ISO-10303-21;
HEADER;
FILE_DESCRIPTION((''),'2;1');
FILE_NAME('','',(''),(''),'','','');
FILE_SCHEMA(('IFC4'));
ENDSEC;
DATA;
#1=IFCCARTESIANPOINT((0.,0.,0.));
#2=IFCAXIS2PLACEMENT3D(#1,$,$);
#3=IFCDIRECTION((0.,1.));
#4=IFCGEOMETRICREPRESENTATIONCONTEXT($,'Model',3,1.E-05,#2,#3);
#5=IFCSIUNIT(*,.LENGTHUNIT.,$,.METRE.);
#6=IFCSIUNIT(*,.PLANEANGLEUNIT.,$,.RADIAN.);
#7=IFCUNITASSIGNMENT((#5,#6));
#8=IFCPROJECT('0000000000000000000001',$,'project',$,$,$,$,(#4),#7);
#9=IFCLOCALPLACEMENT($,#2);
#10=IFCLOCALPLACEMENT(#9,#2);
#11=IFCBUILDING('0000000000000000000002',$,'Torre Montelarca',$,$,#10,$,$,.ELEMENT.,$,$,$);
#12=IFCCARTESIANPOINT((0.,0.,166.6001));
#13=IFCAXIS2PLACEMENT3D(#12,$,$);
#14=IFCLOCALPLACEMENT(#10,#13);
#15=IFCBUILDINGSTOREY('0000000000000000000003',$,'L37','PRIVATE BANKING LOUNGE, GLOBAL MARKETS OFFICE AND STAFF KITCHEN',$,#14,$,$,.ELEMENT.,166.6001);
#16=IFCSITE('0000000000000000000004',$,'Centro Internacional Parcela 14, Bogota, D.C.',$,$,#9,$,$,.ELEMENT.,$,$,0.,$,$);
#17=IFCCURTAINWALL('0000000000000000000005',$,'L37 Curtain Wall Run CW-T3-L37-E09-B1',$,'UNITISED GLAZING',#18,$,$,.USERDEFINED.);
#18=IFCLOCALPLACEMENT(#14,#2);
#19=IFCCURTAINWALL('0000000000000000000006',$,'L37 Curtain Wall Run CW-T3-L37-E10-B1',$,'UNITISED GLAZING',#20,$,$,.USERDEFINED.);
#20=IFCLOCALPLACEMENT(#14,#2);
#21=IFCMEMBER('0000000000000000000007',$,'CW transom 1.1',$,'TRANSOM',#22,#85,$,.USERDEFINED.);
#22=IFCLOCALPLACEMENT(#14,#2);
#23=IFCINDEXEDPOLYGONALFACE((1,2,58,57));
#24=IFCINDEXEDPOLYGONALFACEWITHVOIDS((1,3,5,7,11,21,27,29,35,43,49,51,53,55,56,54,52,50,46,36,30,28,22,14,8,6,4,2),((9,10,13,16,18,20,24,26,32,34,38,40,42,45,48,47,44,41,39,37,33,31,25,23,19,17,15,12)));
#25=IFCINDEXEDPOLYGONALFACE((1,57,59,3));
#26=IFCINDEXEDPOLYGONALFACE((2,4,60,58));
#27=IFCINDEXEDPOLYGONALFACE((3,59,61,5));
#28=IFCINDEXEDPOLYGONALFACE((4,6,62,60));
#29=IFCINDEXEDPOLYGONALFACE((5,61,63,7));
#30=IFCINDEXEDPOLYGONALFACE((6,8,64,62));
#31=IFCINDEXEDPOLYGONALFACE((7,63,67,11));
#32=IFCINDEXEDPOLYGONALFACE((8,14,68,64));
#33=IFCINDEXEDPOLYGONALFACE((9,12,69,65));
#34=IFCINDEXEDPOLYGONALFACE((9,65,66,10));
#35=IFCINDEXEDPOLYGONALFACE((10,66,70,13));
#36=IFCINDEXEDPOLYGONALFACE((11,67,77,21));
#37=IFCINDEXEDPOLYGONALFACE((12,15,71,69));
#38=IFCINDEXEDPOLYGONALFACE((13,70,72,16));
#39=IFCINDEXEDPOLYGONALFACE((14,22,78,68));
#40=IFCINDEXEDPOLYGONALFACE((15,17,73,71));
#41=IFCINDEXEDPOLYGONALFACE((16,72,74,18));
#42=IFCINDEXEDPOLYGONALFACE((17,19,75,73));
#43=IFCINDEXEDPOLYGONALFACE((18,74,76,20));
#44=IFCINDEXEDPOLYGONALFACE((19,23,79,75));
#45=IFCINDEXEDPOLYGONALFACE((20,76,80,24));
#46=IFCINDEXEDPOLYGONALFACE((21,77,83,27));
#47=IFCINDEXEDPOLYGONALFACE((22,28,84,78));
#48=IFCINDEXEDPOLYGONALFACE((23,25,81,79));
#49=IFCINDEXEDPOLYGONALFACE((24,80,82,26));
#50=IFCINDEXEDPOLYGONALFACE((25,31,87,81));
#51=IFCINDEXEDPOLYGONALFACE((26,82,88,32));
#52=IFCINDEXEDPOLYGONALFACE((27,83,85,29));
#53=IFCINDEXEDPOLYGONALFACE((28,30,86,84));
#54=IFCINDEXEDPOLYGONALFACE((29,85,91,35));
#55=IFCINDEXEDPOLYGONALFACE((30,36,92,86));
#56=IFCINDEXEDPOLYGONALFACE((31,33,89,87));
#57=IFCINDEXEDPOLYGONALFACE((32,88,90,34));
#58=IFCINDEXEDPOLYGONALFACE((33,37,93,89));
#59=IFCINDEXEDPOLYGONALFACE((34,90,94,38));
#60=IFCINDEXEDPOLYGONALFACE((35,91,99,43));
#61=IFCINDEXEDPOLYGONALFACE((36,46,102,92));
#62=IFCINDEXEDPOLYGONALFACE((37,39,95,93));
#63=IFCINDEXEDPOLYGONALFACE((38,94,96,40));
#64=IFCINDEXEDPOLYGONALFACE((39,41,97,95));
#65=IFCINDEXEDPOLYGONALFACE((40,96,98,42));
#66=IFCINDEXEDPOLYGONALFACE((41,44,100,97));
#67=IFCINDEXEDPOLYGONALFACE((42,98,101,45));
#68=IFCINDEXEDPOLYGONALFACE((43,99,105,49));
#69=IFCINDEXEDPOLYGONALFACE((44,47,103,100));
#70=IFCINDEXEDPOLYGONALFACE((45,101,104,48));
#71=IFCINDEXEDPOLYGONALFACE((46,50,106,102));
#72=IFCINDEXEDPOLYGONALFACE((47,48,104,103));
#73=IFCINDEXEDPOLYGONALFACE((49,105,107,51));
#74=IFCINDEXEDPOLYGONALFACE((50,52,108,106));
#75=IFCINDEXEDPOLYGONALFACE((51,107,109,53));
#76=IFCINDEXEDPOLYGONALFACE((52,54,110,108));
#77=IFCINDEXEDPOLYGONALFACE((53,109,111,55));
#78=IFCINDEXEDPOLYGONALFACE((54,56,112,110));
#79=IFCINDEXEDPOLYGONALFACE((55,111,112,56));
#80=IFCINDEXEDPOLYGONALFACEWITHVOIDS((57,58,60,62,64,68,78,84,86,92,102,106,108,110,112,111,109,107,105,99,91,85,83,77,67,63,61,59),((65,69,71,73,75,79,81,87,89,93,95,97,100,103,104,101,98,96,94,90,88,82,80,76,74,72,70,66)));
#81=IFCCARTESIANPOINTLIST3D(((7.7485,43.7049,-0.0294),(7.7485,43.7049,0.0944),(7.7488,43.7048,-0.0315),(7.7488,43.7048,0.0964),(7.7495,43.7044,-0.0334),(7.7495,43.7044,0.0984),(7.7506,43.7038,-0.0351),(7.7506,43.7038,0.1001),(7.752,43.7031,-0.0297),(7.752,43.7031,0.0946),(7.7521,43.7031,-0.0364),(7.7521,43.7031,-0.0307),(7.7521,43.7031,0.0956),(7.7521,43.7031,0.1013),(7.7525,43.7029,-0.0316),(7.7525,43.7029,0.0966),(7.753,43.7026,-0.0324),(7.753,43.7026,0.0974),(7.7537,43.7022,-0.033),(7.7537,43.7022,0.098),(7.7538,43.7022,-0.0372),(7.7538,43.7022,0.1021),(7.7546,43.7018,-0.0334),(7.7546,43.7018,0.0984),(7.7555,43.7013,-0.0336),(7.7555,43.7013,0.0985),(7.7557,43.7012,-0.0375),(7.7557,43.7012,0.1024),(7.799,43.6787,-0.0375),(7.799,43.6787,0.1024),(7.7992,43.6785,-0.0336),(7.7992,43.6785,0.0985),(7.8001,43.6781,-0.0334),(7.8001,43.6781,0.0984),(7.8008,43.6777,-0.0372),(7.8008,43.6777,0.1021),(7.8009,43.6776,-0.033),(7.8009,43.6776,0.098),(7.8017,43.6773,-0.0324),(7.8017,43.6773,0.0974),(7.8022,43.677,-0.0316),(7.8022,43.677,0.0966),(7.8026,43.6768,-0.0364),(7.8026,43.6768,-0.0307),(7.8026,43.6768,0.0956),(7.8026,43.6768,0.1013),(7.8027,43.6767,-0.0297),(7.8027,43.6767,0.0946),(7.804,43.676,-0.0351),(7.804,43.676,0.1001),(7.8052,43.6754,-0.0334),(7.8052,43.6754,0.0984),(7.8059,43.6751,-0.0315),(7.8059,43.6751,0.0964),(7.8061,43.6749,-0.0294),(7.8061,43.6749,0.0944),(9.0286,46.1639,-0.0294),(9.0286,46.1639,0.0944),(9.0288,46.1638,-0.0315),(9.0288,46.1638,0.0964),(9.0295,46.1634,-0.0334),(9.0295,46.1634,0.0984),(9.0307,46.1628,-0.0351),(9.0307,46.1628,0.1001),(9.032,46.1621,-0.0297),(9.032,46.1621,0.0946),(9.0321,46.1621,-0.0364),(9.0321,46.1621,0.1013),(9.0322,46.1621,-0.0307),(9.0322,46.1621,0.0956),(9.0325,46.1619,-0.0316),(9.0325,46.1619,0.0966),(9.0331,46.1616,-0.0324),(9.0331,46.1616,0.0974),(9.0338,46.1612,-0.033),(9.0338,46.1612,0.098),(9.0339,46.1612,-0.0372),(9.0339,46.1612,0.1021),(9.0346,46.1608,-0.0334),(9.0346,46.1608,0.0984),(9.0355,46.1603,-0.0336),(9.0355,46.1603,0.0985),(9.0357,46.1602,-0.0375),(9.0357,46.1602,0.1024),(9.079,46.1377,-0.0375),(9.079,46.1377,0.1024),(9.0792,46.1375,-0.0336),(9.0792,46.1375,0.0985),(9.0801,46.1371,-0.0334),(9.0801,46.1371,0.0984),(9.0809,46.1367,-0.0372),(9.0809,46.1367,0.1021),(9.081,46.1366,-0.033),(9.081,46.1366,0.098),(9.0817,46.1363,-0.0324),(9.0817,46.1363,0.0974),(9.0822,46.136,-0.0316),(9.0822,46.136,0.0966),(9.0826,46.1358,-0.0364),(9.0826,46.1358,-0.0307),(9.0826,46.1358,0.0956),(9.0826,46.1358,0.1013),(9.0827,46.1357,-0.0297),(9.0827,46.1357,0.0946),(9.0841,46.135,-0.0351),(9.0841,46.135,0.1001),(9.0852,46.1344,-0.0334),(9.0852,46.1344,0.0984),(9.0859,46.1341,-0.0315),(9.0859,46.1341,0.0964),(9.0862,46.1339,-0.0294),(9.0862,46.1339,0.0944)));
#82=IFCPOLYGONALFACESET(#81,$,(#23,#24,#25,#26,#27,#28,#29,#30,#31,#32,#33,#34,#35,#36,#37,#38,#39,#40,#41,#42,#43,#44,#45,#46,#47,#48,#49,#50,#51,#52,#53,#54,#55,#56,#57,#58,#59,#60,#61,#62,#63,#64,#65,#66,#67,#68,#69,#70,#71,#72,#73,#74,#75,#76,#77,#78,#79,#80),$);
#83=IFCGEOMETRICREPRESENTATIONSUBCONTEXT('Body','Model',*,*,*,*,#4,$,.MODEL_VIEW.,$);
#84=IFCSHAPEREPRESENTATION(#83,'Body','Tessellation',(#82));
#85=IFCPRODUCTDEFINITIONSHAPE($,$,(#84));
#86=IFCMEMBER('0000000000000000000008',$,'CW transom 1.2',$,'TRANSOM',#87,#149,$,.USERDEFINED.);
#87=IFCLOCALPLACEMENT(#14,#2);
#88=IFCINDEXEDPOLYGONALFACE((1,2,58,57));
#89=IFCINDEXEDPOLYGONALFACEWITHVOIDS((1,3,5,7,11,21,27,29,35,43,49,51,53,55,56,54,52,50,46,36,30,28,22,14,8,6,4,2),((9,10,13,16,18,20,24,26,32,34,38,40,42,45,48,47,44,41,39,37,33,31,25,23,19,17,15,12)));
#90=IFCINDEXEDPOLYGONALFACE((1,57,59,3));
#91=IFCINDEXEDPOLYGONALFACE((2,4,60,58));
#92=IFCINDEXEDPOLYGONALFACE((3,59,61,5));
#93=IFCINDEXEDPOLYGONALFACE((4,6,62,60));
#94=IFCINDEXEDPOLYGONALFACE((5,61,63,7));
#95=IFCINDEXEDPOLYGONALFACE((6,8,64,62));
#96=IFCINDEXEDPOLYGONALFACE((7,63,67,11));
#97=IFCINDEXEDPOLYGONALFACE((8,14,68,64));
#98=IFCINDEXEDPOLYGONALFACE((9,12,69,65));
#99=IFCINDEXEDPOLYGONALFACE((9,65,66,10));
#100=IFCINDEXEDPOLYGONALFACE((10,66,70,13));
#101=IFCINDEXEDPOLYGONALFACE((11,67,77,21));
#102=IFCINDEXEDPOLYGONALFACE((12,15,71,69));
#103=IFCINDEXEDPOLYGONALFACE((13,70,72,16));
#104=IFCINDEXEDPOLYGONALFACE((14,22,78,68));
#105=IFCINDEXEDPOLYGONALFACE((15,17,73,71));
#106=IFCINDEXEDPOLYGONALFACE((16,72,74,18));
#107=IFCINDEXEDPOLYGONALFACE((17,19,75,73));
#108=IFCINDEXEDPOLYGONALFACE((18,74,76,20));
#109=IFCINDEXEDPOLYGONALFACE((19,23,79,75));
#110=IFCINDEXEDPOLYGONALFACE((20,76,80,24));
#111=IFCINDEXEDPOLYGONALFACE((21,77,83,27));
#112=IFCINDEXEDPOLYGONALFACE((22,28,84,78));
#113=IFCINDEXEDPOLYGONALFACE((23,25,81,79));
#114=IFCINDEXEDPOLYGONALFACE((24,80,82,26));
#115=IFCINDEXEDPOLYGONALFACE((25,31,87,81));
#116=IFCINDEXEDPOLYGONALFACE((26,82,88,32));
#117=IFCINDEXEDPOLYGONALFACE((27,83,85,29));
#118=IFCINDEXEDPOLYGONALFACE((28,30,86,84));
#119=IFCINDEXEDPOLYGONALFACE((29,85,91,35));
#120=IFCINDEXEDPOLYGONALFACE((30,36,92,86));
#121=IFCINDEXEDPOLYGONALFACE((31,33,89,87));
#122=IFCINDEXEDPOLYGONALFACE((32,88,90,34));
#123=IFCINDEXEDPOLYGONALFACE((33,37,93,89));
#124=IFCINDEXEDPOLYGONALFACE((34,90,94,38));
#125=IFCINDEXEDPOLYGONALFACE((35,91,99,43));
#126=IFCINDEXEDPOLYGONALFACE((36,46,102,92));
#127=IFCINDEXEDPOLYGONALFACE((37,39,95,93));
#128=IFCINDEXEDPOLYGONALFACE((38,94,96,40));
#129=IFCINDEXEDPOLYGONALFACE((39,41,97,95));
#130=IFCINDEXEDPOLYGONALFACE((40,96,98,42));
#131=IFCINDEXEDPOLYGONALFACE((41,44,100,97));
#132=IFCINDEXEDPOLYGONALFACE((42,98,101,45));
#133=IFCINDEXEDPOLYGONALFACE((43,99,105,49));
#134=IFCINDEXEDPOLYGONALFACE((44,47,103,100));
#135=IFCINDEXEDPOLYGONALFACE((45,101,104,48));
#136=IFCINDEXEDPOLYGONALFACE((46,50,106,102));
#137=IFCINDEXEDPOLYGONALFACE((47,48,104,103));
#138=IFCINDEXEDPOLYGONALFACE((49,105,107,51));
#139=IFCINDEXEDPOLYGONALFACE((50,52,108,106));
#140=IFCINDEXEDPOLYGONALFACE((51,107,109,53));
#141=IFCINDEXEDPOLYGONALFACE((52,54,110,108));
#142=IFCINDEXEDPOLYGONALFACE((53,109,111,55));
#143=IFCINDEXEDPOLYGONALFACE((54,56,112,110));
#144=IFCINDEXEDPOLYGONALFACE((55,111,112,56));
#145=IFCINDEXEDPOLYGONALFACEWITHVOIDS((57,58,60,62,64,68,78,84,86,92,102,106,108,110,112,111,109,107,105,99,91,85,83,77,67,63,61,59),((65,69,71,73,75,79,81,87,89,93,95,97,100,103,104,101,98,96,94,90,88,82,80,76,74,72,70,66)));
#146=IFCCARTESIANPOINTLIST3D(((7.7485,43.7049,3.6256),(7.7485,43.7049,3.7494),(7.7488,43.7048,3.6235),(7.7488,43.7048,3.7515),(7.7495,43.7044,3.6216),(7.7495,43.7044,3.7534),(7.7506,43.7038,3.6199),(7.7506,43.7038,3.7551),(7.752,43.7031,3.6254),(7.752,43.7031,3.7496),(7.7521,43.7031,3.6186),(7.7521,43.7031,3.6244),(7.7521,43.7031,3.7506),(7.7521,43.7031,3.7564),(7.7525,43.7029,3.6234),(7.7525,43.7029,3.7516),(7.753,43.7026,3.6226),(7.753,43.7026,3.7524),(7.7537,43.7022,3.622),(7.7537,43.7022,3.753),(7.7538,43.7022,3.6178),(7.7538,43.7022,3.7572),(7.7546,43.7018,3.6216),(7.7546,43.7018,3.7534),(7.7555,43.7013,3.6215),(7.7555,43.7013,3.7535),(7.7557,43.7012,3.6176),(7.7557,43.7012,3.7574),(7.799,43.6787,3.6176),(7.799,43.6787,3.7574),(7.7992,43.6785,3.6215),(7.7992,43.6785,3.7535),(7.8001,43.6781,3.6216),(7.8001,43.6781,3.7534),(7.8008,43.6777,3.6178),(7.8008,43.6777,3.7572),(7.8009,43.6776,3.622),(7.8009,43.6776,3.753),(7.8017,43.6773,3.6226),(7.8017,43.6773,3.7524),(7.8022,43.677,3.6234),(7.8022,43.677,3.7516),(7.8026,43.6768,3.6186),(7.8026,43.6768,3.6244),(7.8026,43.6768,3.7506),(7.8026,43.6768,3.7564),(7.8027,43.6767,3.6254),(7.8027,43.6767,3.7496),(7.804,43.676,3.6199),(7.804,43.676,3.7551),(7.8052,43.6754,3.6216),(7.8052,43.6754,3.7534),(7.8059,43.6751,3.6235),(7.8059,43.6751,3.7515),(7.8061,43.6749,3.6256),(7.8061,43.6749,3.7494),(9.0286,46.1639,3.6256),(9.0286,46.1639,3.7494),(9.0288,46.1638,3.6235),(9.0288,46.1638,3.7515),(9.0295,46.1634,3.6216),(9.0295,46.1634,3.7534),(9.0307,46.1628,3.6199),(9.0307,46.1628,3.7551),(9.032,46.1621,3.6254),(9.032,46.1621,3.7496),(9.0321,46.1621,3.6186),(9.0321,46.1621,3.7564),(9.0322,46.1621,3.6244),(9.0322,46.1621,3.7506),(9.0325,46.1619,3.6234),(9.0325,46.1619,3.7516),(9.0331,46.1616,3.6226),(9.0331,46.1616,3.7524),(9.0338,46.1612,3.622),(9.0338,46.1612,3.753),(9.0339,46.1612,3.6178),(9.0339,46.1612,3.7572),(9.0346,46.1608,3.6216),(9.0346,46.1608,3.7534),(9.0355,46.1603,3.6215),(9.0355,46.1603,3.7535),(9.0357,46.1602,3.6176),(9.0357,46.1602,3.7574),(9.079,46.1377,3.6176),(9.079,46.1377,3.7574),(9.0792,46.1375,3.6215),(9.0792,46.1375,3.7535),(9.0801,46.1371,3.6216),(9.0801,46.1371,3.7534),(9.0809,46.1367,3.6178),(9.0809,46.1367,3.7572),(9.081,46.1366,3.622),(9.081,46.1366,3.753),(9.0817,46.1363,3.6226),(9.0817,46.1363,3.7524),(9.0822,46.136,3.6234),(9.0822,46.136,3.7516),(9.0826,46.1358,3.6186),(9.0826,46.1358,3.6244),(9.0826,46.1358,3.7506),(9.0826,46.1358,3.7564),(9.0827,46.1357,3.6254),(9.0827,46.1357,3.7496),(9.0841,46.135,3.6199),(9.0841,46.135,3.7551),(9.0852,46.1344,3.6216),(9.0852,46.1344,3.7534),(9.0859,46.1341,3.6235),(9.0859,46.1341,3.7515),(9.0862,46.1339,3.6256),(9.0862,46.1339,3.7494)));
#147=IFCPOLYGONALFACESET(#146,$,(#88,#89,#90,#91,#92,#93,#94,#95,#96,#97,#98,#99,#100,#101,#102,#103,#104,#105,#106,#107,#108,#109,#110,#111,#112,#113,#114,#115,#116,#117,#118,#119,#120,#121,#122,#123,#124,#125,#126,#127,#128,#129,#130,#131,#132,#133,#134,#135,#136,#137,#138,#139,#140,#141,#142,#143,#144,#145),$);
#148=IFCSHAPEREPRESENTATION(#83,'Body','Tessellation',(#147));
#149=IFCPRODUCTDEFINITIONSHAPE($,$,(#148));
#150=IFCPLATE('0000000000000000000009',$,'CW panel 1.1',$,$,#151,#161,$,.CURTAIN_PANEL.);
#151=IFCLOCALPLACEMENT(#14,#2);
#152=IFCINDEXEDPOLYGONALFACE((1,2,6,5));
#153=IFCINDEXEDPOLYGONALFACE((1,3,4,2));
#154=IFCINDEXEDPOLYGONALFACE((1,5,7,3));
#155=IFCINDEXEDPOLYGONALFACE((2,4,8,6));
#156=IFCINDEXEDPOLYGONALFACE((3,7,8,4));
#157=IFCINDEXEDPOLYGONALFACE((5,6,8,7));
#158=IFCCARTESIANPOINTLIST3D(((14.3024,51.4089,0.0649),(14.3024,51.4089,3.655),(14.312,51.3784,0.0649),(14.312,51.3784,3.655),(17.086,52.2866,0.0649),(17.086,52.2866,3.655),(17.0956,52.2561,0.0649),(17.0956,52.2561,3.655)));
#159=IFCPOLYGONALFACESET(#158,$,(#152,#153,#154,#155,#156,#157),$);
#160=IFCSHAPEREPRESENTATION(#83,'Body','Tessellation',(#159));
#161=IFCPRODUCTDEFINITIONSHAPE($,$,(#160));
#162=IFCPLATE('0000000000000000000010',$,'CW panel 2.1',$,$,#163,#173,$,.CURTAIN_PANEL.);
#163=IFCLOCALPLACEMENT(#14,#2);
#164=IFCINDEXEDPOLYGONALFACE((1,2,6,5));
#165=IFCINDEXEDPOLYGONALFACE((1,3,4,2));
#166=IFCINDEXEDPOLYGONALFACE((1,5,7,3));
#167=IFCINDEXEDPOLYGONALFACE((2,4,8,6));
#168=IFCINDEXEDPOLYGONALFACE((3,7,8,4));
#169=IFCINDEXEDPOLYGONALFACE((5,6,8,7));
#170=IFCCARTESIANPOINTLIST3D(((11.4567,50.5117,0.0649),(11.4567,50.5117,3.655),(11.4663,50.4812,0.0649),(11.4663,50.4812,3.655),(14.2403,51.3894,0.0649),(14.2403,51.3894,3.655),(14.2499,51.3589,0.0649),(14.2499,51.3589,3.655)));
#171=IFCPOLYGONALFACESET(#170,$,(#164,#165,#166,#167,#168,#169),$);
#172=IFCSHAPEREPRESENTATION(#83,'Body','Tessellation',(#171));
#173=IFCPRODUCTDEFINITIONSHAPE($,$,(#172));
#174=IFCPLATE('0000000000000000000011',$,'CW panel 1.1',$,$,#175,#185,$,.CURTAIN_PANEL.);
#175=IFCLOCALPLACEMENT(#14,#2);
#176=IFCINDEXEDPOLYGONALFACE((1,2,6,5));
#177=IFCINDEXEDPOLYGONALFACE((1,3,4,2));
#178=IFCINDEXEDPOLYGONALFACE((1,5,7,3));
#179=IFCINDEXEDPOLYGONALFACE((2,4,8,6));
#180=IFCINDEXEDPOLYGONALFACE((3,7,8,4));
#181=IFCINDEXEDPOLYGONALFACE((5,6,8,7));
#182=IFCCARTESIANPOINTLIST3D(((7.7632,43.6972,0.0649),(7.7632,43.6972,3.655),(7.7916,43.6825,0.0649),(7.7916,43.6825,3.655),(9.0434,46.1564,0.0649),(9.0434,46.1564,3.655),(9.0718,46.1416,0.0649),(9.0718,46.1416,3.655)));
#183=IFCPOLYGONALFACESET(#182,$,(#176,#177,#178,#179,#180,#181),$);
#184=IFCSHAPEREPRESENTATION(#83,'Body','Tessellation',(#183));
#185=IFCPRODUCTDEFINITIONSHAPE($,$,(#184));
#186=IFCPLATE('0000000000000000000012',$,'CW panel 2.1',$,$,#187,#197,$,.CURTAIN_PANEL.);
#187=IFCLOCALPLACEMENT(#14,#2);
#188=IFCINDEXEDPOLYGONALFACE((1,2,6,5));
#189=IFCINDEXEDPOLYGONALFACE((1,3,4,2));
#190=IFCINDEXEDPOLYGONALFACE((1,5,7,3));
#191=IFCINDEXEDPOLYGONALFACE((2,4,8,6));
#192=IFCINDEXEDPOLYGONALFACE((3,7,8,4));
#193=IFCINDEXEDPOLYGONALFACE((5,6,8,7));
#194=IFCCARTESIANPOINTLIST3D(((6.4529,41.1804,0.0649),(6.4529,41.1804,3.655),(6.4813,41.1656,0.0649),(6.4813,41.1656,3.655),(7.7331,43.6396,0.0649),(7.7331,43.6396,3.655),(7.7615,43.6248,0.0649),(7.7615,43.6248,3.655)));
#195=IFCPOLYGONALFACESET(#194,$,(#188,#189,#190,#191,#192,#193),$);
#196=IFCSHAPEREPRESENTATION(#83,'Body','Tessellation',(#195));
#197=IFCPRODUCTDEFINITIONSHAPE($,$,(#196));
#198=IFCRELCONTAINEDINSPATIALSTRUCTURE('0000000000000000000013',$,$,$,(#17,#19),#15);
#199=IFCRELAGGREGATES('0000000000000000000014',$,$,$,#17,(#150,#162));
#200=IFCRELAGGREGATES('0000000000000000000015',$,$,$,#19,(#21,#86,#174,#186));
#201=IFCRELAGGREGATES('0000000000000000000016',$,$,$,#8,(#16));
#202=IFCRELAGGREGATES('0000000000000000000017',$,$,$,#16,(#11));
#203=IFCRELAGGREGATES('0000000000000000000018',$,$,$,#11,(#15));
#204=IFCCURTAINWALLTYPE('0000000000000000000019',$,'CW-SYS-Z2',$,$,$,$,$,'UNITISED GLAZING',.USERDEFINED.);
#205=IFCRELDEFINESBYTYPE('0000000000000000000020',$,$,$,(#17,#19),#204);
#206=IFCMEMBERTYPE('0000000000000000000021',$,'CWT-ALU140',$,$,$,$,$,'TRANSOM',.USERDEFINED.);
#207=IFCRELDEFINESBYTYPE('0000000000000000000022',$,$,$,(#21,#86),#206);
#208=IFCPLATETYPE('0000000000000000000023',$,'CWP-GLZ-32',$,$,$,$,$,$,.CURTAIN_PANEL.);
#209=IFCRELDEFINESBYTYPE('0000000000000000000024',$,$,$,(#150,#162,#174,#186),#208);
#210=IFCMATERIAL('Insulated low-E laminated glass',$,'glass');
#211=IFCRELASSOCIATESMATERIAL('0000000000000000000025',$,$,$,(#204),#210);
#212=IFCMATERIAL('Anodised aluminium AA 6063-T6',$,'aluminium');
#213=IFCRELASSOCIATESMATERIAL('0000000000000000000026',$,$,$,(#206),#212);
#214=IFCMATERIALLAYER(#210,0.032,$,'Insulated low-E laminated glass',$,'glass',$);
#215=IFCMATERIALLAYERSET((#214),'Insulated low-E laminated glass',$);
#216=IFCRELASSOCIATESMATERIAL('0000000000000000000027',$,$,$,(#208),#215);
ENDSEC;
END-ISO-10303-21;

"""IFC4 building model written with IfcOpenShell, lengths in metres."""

from ifc_helpers import new_model, si_unit, direction, frame, origin, origin_2d, place, context, subcontext, project, spatial, rectangle, hollow_rectangle, extrude, source, transform, mapped, material, layer, layer_set, material_profile, profile_set, type_object, element, aggregate, save


model = new_model("IFC4")

# Units and contexts
model_context = context("Model", 3, precision=1e-05, world=origin(), true_north=direction((0.0, 1.0)))
body_context = subcontext(model_context, "Body", "Model", "MODEL_VIEW")
ifc_project = project(units=[si_unit("LENGTHUNIT", "METRE"), si_unit("PLANEANGLEUNIT", "RADIAN")], contexts=[model_context])

# Site, building, storey
site_placement = place(None, origin())
site = spatial("IfcSite", under=ifc_project, at=site_placement, Name="Centro Internacional Parcela 14, Bogota, D.C.", CompositionType="ELEMENT", RefElevation=0.0)
building_placement = place(site_placement, origin())
building = spatial("IfcBuilding", under=site, at=building_placement, Name="Torre Montelarca", CompositionType="ELEMENT")
storey_placement = place(building_placement, frame((0.0, 0.0, 166.6001)))
storey = spatial("IfcBuildingStorey", under=building, at=storey_placement, Name="L37", Description="PRIVATE BANKING LOUNGE, GLOBAL MARKETS OFFICE AND STAFF KITCHEN", CompositionType="ELEMENT", Elevation=166.6001)

# Curtain walls
ifc_material_1 = material(Name="Insulated low-E laminated glass", Category="glass")
curtain_wall_type = type_object("IfcCurtainWallType", Name="CW-SYS-Z2", ElementType="UNITISED GLAZING", PredefinedType="USERDEFINED", material=ifc_material_1)
curtain_wall_1_placement = place(storey_placement, origin())
curtain_wall_1 = element("IfcCurtainWall", 1, at=curtain_wall_1_placement, inside=storey, type_object=curtain_wall_type, Name="L37 Curtain Wall Run CW-T3-L37-E09-B1", ObjectType="UNITISED GLAZING", PredefinedType="USERDEFINED")
ifc_material_2 = material(Name="Anodised aluminium AA 6063-T6", Category="aluminium")
ifc_material_profile_1 = material_profile(ifc_material_2, hollow_rectangle(XDim=0.0649, YDim=0.1399, WallThickness=0.0039, InnerFilletRadius=0.0039, OuterFilletRadius=0.0081, at=origin_2d()), Name="ALU65X140X4", Category="aluminium")
ifc_profile_set_1 = profile_set([ifc_material_profile_1], Name="Anodised aluminium AA 6063-T6")
member_type_1 = type_object("IfcMemberType", Name="CWT-ALU140", ElementType="TRANSOM", PredefinedType="USERDEFINED", material=ifc_profile_set_1)
curtain_wall_2_placement = place(storey_placement, origin())
curtain_wall_2 = element("IfcCurtainWall", 2, at=curtain_wall_2_placement, inside=storey, type_object=curtain_wall_type, Name="L37 Curtain Wall Run CW-T3-L37-E10-B1", ObjectType="UNITISED GLAZING", PredefinedType="USERDEFINED")

# Members
shared_shape_1 = source(origin(), body_context, "Body", "SweptSolid", [
    extrude(hollow_rectangle(XDim=0.0649, YDim=0.1399, WallThickness=0.0039, InnerFilletRadius=0.0039, OuterFilletRadius=0.0081, at=origin_2d()), origin(), (0.0, 0.0, 1.0), 2.7722),
])
member_1_placement = place(storey_placement, frame((9.0574, 46.1489, 0.0325), z_axis=(-0.461738, -0.887016, 0.0), x_axis=(0.887016, -0.461738, 0.0)))
member_1 = element("IfcMember", 3, at=member_1_placement, type_object=member_type_1, Name="CW transom 1.1", ObjectType="TRANSOM", PredefinedType="USERDEFINED", context=body_context, shape_type="MappedRepresentation", body=[
    mapped(shared_shape_1, transform((0.0, 0.0, 0.0), scale=1.0)),
])
member_2_placement = place(storey_placement, frame((9.0574, 46.1489, 3.6875), z_axis=(-0.461738, -0.887016, 0.0), x_axis=(0.887016, -0.461738, 0.0)))
member_2 = element("IfcMember", 4, at=member_2_placement, type_object=member_type_1, Name="CW transom 1.2", ObjectType="TRANSOM", PredefinedType="USERDEFINED", context=body_context, shape_type="MappedRepresentation", body=[
    mapped(shared_shape_1, transform((0.0, 0.0, 0.0), scale=1.0)),
])

# Plates
ifc_layer_1 = layer(ifc_material_1, 0.032, Name="Insulated low-E laminated glass", Category="glass")
ifc_layer_set_1 = layer_set([ifc_layer_1], Name="Insulated low-E laminated glass")
plate_type = type_object("IfcPlateType", Name="CWP-GLZ-32", PredefinedType="CURTAIN_PANEL", material=ifc_layer_set_1)
shared_shape_2 = source(origin(), body_context, "Body", "SweptSolid", [
    extrude(rectangle(XDim=2.9187, YDim=0.032, at=origin_2d()), origin(), (0.0, 0.0, 1.0), 3.5901),
])
plate_1_placement = place(storey_placement, frame((15.699, 51.8325, 0.0649), z_axis=(0.0, 0.0, 1.0), x_axis=(-0.953719, -0.300699, 0.0)))
plate_1 = element("IfcPlate", 5, at=plate_1_placement, type_object=plate_type, Name="CW panel 1.1", PredefinedType="CURTAIN_PANEL", context=body_context, shape_type="MappedRepresentation", body=[
    mapped(shared_shape_2, transform((0.0, 0.0, 0.0), scale=1.0)),
])
plate_2_placement = place(storey_placement, frame((12.8533, 50.9353, 0.0649), z_axis=(0.0, 0.0, 1.0), x_axis=(-0.953719, -0.300699, 0.0)))
plate_2 = element("IfcPlate", 6, at=plate_2_placement, type_object=plate_type, Name="CW panel 2.1", PredefinedType="CURTAIN_PANEL", context=body_context, shape_type="MappedRepresentation", body=[
    mapped(shared_shape_2, transform((0.0, 0.0, 0.0), scale=1.0)),
])
aggregate(curtain_wall_1, [plate_1, plate_2])
shared_shape_3 = source(origin(), body_context, "Body", "SweptSolid", [
    extrude(rectangle(XDim=2.7725, YDim=0.032, at=origin_2d()), origin(), (0.0, 0.0, 1.0), 3.5901),
])
plate_3_placement = place(storey_placement, frame((8.4175, 44.9194, 0.0649), z_axis=(0.0, 0.0, 1.0), x_axis=(-0.46176, -0.887005, 0.0)))
plate_3 = element("IfcPlate", 7, at=plate_3_placement, type_object=plate_type, Name="CW panel 1.1", PredefinedType="CURTAIN_PANEL", context=body_context, shape_type="MappedRepresentation", body=[
    mapped(shared_shape_3, transform((0.0, 0.0, 0.0), scale=1.0)),
])
plate_4_placement = place(storey_placement, frame((7.1072, 42.4026, 0.0649), z_axis=(0.0, 0.0, 1.0), x_axis=(-0.46176, -0.887005, 0.0)))
plate_4 = element("IfcPlate", 8, at=plate_4_placement, type_object=plate_type, Name="CW panel 2.1", PredefinedType="CURTAIN_PANEL", context=body_context, shape_type="MappedRepresentation", body=[
    mapped(shared_shape_3, transform((0.0, 0.0, 0.0), scale=1.0)),
])
aggregate(curtain_wall_2, [member_1, member_2, plate_3, plate_4])

save(model, "model.ifc")
